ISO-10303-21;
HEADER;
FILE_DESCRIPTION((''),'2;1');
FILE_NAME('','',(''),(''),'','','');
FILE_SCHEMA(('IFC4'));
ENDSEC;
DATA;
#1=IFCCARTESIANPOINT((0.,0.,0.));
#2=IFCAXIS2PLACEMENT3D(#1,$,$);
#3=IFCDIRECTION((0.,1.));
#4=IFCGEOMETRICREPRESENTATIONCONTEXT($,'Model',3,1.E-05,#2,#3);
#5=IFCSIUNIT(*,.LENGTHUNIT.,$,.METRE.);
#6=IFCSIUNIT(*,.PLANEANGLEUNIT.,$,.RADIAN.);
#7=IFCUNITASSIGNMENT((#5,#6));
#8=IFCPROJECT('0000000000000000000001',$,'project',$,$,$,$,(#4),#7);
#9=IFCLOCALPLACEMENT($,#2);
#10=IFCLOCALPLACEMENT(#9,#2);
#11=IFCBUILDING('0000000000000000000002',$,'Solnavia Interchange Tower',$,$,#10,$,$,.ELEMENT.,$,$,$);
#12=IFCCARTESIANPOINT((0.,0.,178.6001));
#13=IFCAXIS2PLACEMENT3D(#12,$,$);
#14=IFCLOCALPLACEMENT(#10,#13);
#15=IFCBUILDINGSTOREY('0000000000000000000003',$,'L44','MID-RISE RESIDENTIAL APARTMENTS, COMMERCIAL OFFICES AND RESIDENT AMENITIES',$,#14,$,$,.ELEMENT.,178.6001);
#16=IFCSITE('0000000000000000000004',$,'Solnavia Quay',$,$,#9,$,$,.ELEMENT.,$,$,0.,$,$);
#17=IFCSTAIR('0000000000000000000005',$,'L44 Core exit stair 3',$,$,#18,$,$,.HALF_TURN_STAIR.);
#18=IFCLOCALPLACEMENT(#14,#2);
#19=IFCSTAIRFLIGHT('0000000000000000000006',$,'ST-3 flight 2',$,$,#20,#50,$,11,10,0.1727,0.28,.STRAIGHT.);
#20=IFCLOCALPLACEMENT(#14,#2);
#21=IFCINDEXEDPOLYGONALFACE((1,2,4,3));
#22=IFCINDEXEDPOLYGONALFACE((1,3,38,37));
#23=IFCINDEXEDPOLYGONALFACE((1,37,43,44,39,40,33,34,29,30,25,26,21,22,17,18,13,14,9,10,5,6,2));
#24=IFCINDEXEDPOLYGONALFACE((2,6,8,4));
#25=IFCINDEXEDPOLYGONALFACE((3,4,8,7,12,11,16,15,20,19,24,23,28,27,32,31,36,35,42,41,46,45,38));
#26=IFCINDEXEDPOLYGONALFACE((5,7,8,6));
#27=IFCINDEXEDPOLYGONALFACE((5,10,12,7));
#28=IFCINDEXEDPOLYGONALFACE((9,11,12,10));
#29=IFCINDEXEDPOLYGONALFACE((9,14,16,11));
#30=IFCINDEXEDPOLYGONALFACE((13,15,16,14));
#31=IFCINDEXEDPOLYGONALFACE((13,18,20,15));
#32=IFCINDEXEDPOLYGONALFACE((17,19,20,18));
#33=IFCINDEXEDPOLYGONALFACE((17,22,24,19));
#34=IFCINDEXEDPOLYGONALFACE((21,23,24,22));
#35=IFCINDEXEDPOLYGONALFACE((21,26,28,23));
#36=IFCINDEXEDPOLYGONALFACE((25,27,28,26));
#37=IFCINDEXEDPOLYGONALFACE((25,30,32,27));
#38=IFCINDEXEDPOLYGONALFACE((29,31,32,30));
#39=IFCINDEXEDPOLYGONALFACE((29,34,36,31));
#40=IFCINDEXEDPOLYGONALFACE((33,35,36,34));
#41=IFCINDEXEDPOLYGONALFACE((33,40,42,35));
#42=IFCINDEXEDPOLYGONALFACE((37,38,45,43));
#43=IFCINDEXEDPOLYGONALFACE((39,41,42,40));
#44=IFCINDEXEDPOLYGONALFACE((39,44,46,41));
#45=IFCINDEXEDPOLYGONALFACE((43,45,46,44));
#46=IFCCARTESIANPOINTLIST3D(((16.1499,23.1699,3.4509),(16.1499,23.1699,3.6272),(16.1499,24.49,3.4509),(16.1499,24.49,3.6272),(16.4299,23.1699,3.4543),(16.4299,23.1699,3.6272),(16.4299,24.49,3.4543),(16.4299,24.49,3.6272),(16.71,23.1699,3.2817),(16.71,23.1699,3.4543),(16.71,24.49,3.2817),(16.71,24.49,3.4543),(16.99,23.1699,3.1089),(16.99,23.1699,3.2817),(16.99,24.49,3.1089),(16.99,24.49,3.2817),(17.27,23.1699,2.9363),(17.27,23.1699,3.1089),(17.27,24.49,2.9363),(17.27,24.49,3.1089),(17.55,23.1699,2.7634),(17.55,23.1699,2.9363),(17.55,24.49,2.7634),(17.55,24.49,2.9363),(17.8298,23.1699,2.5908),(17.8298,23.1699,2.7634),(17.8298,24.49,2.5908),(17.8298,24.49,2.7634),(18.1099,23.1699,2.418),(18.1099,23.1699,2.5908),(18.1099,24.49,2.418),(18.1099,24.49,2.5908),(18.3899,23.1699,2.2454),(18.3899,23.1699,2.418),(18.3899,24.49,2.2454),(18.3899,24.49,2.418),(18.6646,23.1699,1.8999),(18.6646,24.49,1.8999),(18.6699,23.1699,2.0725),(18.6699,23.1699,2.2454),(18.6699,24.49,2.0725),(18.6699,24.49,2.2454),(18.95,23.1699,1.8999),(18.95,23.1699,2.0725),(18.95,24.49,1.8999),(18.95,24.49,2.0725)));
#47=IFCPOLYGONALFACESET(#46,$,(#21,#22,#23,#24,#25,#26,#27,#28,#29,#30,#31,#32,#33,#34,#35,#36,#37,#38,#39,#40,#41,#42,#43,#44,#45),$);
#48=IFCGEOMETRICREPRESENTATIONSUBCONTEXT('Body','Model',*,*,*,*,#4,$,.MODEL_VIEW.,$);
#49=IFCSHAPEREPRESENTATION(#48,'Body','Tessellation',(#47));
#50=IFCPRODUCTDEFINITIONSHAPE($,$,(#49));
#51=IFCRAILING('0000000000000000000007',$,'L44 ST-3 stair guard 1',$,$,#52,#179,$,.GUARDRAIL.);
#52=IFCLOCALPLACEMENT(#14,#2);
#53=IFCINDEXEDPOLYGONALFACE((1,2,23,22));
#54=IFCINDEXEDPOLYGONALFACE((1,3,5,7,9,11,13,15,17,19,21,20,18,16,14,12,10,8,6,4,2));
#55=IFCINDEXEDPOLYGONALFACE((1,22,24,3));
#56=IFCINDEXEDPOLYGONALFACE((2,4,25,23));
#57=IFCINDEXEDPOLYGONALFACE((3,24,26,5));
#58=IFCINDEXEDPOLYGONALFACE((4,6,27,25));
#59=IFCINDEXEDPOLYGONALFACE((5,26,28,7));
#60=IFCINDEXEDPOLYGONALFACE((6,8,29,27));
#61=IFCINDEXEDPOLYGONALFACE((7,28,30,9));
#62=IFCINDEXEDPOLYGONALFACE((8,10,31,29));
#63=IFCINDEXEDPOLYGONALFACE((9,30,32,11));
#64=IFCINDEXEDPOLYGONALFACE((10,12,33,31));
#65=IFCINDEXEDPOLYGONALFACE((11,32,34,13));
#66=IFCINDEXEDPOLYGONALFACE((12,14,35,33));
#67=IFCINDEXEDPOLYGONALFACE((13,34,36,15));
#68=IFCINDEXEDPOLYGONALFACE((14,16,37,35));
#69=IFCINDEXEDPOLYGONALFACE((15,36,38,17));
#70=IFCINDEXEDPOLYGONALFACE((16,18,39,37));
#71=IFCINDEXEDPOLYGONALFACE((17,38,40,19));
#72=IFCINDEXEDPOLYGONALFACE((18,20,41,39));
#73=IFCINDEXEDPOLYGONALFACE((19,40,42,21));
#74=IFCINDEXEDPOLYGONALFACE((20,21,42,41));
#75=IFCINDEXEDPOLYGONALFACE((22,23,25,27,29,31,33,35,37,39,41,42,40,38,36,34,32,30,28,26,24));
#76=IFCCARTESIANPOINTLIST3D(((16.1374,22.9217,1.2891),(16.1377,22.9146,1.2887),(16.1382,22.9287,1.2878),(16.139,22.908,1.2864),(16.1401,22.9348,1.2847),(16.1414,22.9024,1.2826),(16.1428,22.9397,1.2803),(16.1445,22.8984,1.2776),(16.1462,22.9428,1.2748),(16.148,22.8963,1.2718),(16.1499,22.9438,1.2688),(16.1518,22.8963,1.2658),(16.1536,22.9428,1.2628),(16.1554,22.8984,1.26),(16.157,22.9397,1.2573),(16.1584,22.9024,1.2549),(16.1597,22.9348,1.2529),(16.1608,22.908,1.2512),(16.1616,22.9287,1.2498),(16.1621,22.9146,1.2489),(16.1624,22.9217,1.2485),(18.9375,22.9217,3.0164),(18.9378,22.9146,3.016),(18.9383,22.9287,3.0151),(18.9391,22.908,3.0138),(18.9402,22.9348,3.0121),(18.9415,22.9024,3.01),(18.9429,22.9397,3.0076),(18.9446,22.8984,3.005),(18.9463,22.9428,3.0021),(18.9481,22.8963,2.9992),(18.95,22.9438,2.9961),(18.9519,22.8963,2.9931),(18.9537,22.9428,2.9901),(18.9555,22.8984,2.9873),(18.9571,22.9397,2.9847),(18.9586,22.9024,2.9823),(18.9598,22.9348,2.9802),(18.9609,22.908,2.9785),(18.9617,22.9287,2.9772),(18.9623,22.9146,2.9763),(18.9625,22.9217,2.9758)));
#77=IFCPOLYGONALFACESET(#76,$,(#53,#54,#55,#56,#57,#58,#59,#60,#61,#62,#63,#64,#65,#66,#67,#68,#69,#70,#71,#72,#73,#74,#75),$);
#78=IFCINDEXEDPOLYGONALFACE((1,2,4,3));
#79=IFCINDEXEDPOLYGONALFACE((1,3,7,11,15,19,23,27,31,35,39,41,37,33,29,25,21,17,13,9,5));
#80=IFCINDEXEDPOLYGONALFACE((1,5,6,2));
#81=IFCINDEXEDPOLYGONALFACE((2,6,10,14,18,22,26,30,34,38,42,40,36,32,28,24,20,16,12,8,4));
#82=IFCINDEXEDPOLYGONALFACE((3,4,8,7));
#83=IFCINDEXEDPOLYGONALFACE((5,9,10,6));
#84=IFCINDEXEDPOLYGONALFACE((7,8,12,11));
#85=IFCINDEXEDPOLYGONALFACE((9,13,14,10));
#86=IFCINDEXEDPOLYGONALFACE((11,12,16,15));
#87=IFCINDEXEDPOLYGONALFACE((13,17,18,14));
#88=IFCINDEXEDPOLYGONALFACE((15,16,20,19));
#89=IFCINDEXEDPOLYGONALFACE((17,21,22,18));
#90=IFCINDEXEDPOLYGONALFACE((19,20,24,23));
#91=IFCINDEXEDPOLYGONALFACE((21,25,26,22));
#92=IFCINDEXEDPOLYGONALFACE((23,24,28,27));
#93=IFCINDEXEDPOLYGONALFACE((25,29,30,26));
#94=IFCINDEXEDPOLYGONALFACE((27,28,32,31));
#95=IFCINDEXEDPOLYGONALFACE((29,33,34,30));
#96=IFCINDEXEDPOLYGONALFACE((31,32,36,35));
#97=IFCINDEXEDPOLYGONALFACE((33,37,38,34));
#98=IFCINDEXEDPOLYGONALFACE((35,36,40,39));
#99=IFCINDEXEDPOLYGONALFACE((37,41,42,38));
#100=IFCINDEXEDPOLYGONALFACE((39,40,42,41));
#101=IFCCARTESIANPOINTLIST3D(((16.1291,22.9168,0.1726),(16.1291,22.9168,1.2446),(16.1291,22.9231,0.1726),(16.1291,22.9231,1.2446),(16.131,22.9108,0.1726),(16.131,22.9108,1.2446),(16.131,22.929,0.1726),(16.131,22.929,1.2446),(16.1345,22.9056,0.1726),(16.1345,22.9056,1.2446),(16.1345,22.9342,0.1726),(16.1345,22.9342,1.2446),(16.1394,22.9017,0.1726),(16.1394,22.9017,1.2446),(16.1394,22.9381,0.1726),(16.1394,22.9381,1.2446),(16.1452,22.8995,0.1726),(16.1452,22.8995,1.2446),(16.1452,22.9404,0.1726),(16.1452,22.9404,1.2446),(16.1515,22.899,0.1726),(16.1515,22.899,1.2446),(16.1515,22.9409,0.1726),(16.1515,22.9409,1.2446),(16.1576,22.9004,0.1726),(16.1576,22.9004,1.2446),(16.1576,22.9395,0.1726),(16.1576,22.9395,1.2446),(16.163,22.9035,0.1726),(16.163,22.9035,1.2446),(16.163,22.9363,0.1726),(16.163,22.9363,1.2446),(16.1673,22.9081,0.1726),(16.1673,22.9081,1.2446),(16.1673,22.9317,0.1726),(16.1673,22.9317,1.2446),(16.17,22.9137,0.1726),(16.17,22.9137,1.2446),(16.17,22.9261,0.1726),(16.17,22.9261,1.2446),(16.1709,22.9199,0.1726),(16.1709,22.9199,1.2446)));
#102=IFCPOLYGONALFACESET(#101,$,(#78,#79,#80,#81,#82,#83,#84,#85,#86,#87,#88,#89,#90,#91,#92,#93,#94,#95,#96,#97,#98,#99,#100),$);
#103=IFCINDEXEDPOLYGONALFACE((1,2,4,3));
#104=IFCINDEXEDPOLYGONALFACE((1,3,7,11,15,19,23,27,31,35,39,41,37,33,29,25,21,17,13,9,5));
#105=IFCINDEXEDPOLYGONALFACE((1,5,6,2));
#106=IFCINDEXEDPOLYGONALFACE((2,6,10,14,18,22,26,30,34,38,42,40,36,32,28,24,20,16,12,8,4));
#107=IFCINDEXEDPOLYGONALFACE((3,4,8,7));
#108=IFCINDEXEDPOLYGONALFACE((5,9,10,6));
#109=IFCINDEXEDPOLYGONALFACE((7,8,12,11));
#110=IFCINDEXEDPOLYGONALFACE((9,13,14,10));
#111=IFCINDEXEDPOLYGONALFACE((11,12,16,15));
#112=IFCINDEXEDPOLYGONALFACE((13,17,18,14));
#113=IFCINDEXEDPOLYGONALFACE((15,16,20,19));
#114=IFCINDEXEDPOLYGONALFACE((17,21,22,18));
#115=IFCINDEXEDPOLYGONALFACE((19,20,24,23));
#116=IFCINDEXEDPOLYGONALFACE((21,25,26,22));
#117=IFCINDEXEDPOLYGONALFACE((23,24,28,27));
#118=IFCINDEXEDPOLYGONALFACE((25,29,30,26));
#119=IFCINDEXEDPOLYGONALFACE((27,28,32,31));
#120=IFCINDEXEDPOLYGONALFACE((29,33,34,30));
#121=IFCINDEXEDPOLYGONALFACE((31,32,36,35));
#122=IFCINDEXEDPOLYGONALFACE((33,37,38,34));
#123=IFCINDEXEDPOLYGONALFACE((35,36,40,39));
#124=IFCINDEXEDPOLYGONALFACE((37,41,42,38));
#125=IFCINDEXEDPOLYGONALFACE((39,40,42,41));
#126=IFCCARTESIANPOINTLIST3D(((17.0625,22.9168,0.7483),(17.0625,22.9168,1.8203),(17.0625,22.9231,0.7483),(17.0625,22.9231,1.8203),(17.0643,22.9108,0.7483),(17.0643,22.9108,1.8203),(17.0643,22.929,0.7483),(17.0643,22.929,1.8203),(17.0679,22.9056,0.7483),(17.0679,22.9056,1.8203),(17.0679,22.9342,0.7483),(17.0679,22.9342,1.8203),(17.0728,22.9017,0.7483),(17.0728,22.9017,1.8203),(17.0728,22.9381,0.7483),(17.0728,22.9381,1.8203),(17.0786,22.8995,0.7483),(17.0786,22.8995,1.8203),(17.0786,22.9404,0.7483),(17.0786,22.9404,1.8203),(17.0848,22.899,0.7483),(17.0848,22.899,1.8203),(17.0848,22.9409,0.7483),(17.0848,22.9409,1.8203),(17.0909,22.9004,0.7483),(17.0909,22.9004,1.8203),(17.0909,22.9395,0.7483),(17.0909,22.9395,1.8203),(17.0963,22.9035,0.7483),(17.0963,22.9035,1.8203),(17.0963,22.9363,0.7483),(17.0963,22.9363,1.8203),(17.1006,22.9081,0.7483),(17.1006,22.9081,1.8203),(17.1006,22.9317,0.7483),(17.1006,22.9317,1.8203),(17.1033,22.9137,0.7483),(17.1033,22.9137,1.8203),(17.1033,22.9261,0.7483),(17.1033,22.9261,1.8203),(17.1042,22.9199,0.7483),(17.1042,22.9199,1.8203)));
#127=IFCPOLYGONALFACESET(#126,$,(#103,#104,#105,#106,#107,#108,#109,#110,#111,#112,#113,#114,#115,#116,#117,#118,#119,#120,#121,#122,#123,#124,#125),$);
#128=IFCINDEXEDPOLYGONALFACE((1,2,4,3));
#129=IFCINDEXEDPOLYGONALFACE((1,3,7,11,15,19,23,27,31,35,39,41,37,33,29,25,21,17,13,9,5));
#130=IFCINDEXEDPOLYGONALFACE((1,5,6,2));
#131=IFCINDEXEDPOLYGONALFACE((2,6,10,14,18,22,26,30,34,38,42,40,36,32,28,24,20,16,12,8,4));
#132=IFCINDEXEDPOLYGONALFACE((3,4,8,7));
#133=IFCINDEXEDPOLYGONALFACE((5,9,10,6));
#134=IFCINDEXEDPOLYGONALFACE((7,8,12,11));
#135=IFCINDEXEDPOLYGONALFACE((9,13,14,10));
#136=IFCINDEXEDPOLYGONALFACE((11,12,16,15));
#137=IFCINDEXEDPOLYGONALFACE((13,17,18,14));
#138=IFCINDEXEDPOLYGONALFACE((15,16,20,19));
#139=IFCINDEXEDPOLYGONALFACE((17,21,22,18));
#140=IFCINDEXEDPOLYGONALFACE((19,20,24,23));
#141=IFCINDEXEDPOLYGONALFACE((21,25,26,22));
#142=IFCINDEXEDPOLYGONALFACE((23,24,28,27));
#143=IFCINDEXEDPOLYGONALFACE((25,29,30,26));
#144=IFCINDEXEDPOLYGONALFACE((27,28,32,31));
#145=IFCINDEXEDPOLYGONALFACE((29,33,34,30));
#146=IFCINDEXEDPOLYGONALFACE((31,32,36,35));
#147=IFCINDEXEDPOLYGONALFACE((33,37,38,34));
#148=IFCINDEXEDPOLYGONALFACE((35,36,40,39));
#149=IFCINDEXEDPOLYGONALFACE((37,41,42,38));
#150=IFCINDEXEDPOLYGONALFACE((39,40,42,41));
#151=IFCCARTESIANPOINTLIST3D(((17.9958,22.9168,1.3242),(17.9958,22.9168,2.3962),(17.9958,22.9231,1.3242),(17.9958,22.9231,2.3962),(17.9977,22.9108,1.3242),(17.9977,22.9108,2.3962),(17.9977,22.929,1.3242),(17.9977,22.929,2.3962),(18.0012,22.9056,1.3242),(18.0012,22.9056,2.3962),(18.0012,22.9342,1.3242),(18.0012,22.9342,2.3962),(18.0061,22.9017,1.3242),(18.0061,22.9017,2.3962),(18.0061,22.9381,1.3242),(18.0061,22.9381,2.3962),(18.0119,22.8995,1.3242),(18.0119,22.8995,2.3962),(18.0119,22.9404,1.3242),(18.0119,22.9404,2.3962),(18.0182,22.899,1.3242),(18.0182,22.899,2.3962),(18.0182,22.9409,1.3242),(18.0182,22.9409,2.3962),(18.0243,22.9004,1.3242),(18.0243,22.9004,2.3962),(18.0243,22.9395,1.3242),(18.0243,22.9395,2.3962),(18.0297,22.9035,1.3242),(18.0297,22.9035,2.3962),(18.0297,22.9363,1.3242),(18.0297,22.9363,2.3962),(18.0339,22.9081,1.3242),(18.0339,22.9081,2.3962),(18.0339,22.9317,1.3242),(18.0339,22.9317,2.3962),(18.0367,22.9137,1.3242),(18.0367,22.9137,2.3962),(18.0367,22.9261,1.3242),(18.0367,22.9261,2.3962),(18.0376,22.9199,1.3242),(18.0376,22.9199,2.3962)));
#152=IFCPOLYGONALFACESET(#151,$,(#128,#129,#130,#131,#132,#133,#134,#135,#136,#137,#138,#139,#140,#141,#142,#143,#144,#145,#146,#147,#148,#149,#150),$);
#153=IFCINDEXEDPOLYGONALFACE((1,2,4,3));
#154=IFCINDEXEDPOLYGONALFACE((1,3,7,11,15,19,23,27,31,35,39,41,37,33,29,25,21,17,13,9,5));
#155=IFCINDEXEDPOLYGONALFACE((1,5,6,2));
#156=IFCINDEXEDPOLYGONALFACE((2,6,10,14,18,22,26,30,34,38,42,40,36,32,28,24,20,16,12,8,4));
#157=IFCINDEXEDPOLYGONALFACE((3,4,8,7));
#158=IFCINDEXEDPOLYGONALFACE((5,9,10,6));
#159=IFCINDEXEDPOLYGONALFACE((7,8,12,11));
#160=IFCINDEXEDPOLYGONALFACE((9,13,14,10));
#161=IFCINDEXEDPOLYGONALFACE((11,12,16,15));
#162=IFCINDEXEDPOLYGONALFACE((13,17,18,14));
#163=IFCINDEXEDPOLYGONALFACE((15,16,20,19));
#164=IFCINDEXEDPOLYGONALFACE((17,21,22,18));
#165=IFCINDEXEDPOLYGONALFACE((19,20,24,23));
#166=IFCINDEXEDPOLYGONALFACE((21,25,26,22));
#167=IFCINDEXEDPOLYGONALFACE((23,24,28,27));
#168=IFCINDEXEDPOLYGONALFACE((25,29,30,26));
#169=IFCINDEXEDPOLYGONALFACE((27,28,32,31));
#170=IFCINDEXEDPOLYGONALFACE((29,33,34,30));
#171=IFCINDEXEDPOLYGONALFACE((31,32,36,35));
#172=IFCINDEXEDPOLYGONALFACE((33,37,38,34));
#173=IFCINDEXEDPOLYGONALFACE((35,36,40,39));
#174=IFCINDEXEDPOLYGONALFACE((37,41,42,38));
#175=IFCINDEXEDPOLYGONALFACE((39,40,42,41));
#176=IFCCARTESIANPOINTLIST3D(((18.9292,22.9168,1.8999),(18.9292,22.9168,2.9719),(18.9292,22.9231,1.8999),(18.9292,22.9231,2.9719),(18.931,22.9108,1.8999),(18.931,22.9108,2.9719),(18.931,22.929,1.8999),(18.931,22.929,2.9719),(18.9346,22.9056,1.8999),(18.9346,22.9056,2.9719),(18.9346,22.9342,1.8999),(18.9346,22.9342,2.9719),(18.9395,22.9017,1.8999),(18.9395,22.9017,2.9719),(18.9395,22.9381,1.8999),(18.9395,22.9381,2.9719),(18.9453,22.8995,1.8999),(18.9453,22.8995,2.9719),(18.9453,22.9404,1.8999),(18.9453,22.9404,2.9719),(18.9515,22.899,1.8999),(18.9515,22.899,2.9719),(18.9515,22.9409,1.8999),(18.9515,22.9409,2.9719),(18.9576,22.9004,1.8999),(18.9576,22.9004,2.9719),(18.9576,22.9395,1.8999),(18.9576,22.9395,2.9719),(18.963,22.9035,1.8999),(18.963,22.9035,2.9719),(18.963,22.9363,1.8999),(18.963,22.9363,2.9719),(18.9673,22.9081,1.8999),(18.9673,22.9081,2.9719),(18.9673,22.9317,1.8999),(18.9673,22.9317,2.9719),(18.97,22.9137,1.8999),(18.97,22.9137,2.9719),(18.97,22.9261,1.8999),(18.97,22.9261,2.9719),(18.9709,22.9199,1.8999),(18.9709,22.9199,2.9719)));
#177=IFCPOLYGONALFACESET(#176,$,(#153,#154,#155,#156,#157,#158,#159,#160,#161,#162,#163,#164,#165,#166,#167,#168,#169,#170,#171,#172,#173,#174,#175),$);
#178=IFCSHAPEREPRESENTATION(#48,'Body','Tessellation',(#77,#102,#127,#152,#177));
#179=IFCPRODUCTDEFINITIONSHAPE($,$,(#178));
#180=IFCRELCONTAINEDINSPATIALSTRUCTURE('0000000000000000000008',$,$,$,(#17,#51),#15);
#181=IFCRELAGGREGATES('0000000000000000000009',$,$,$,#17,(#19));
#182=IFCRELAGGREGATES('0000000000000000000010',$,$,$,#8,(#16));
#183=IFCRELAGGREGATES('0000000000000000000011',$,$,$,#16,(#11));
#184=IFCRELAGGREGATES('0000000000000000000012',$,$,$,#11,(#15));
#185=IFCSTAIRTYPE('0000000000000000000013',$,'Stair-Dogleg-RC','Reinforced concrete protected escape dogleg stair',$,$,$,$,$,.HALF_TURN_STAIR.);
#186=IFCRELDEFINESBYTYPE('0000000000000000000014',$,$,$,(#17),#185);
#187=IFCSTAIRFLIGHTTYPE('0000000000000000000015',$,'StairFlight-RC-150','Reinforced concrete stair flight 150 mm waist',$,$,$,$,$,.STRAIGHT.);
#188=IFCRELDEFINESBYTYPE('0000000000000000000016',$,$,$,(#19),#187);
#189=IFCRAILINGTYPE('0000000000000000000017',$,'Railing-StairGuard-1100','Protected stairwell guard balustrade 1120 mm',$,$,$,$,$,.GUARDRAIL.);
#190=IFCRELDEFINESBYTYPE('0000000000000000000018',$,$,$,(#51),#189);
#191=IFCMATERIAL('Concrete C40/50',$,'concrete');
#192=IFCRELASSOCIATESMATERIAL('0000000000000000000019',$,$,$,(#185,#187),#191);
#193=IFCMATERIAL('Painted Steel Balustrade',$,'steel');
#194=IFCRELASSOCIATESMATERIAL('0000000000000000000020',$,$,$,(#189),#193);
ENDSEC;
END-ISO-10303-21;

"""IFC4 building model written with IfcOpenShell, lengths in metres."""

from ifc_helpers import new_model, si_unit, direction, frame, origin, origin_2d, place, context, subcontext, project, spatial, polyline, circle, outline, extrude, material, type_object, element, aggregate, save


model = new_model("IFC4")

# Units and contexts
model_context = context("Model", 3, precision=1e-05, world=origin(), true_north=direction((0.0, 1.0)))
body_context = subcontext(model_context, "Body", "Model", "MODEL_VIEW")
ifc_project = project(units=[si_unit("LENGTHUNIT", "METRE"), si_unit("PLANEANGLEUNIT", "RADIAN")], contexts=[model_context])

# Site, building, storey
site_placement = place(None, origin())
site = spatial("IfcSite", under=ifc_project, at=site_placement, Name="Solnavia Quay", CompositionType="ELEMENT", RefElevation=0.0)
building_placement = place(site_placement, origin())
building = spatial("IfcBuilding", under=site, at=building_placement, Name="Solnavia Interchange Tower", CompositionType="ELEMENT")
storey_placement = place(building_placement, frame((0.0, 0.0, 178.6001)))
storey = spatial("IfcBuildingStorey", under=building, at=storey_placement, Name="L44", Description="MID-RISE RESIDENTIAL APARTMENTS, COMMERCIAL OFFICES AND RESIDENT AMENITIES", CompositionType="ELEMENT", Elevation=178.6001)

# Shared definitions
ifc_material_1 = material(Name="Concrete C40/50", Category="concrete")

# Stair, stair flight
stair_type = type_object("IfcStairType", Name="Stair-Dogleg-RC", Description="Reinforced concrete protected escape dogleg stair", PredefinedType="HALF_TURN_STAIR", material=ifc_material_1)
stair_placement = place(storey_placement, origin())
stair = element("IfcStair", 1, at=stair_placement, inside=storey, type_object=stair_type, Name="L44 Core exit stair 3", PredefinedType="HALF_TURN_STAIR")
stair_flight_type = type_object("IfcStairFlightType", Name="StairFlight-RC-150", Description="Reinforced concrete stair flight 150 mm waist", PredefinedType="STRAIGHT", material=ifc_material_1)
stair_flight_1_placement = place(storey_placement, frame((18.95, 23.8301, 1.8999), z_axis=(0.0, 0.0, 1.0), x_axis=(-1.0, 0.0, 0.0)))
stair_flight_1 = element("IfcStairFlight", 2, at=stair_flight_1_placement, type_object=stair_flight_type, Name="ST-3 flight 2", NumberOfRisers=11, NumberOfTreads=10, PredefinedType="STRAIGHT", RiserHeight=0.1727, TreadLength=0.28, context=body_context, shape_type="SweptSolid", body=[
    extrude(outline(polyline([(0.0, 0.0), (0.0, 0.1726), (0.28, 0.1726), (0.28, 0.3455), (0.5601, 0.3455), (0.5601, 0.5181), (0.8401, 0.5181), (0.8401, 0.6909), (1.1201, 0.6909), (1.1201, 0.8635), (1.3999, 0.8635), (1.3999, 1.0364), (1.6799, 1.0364), (1.6799, 1.209), (1.96, 1.209), (1.96, 1.3818), (2.24, 1.3818), (2.24, 1.5544), (2.52, 1.5544), (2.52, 1.7273), (2.8, 1.7273), (2.8, 1.8999), (2.8, 1.551), (0.2854, 0.0), (0.0, 0.0)])), frame((0.0, 0.6602, 0.0), z_axis=(0.0, -1.0, 0.0), x_axis=(1.0, 0.0, 0.0)), (0.0, 0.0, 1.0), 1.3201),
])
aggregate(stair, [stair_flight_1])

# Railing
ifc_material_2 = material(Name="Painted Steel Balustrade", Category="steel")
railing_type_1 = type_object("IfcRailingType", Name="Railing-StairGuard-1100", Description="Protected stairwell guard balustrade 1120 mm", PredefinedType="GUARDRAIL", material=ifc_material_2)
railing_1_placement = place(storey_placement, frame((16.1499, 22.9199, 0.1726)))
element("IfcRailing", 3, at=railing_1_placement, inside=storey, type_object=railing_type_1, Name="L44 ST-3 stair guard 1", PredefinedType="GUARDRAIL", context=body_context, shape_type="SweptSolid", body=[
    extrude(circle(Radius=0.0239, at=origin_2d()), frame((0.0, 0.0, 1.0962), z_axis=(0.85109, 0.0, 0.52502), x_axis=(0.0, 1.0, 0.0)), (0.0, 0.0, 1.0), 3.29),
    extrude(circle(Radius=0.021, at=origin_2d()), origin(), (0.0, 0.0, 1.0), 1.072),
    extrude(circle(Radius=0.021, at=origin_2d()), frame((0.9333, 0.0, 0.5757)), (0.0, 0.0, 1.0), 1.072),
    extrude(circle(Radius=0.021, at=origin_2d()), frame((1.8667, 0.0, 1.1516)), (0.0, 0.0, 1.0), 1.072),
    extrude(circle(Radius=0.021, at=origin_2d()), frame((2.8, 0.0, 1.7273)), (0.0, 0.0, 1.0), 1.072),
])

save(model, "model.ifc")
